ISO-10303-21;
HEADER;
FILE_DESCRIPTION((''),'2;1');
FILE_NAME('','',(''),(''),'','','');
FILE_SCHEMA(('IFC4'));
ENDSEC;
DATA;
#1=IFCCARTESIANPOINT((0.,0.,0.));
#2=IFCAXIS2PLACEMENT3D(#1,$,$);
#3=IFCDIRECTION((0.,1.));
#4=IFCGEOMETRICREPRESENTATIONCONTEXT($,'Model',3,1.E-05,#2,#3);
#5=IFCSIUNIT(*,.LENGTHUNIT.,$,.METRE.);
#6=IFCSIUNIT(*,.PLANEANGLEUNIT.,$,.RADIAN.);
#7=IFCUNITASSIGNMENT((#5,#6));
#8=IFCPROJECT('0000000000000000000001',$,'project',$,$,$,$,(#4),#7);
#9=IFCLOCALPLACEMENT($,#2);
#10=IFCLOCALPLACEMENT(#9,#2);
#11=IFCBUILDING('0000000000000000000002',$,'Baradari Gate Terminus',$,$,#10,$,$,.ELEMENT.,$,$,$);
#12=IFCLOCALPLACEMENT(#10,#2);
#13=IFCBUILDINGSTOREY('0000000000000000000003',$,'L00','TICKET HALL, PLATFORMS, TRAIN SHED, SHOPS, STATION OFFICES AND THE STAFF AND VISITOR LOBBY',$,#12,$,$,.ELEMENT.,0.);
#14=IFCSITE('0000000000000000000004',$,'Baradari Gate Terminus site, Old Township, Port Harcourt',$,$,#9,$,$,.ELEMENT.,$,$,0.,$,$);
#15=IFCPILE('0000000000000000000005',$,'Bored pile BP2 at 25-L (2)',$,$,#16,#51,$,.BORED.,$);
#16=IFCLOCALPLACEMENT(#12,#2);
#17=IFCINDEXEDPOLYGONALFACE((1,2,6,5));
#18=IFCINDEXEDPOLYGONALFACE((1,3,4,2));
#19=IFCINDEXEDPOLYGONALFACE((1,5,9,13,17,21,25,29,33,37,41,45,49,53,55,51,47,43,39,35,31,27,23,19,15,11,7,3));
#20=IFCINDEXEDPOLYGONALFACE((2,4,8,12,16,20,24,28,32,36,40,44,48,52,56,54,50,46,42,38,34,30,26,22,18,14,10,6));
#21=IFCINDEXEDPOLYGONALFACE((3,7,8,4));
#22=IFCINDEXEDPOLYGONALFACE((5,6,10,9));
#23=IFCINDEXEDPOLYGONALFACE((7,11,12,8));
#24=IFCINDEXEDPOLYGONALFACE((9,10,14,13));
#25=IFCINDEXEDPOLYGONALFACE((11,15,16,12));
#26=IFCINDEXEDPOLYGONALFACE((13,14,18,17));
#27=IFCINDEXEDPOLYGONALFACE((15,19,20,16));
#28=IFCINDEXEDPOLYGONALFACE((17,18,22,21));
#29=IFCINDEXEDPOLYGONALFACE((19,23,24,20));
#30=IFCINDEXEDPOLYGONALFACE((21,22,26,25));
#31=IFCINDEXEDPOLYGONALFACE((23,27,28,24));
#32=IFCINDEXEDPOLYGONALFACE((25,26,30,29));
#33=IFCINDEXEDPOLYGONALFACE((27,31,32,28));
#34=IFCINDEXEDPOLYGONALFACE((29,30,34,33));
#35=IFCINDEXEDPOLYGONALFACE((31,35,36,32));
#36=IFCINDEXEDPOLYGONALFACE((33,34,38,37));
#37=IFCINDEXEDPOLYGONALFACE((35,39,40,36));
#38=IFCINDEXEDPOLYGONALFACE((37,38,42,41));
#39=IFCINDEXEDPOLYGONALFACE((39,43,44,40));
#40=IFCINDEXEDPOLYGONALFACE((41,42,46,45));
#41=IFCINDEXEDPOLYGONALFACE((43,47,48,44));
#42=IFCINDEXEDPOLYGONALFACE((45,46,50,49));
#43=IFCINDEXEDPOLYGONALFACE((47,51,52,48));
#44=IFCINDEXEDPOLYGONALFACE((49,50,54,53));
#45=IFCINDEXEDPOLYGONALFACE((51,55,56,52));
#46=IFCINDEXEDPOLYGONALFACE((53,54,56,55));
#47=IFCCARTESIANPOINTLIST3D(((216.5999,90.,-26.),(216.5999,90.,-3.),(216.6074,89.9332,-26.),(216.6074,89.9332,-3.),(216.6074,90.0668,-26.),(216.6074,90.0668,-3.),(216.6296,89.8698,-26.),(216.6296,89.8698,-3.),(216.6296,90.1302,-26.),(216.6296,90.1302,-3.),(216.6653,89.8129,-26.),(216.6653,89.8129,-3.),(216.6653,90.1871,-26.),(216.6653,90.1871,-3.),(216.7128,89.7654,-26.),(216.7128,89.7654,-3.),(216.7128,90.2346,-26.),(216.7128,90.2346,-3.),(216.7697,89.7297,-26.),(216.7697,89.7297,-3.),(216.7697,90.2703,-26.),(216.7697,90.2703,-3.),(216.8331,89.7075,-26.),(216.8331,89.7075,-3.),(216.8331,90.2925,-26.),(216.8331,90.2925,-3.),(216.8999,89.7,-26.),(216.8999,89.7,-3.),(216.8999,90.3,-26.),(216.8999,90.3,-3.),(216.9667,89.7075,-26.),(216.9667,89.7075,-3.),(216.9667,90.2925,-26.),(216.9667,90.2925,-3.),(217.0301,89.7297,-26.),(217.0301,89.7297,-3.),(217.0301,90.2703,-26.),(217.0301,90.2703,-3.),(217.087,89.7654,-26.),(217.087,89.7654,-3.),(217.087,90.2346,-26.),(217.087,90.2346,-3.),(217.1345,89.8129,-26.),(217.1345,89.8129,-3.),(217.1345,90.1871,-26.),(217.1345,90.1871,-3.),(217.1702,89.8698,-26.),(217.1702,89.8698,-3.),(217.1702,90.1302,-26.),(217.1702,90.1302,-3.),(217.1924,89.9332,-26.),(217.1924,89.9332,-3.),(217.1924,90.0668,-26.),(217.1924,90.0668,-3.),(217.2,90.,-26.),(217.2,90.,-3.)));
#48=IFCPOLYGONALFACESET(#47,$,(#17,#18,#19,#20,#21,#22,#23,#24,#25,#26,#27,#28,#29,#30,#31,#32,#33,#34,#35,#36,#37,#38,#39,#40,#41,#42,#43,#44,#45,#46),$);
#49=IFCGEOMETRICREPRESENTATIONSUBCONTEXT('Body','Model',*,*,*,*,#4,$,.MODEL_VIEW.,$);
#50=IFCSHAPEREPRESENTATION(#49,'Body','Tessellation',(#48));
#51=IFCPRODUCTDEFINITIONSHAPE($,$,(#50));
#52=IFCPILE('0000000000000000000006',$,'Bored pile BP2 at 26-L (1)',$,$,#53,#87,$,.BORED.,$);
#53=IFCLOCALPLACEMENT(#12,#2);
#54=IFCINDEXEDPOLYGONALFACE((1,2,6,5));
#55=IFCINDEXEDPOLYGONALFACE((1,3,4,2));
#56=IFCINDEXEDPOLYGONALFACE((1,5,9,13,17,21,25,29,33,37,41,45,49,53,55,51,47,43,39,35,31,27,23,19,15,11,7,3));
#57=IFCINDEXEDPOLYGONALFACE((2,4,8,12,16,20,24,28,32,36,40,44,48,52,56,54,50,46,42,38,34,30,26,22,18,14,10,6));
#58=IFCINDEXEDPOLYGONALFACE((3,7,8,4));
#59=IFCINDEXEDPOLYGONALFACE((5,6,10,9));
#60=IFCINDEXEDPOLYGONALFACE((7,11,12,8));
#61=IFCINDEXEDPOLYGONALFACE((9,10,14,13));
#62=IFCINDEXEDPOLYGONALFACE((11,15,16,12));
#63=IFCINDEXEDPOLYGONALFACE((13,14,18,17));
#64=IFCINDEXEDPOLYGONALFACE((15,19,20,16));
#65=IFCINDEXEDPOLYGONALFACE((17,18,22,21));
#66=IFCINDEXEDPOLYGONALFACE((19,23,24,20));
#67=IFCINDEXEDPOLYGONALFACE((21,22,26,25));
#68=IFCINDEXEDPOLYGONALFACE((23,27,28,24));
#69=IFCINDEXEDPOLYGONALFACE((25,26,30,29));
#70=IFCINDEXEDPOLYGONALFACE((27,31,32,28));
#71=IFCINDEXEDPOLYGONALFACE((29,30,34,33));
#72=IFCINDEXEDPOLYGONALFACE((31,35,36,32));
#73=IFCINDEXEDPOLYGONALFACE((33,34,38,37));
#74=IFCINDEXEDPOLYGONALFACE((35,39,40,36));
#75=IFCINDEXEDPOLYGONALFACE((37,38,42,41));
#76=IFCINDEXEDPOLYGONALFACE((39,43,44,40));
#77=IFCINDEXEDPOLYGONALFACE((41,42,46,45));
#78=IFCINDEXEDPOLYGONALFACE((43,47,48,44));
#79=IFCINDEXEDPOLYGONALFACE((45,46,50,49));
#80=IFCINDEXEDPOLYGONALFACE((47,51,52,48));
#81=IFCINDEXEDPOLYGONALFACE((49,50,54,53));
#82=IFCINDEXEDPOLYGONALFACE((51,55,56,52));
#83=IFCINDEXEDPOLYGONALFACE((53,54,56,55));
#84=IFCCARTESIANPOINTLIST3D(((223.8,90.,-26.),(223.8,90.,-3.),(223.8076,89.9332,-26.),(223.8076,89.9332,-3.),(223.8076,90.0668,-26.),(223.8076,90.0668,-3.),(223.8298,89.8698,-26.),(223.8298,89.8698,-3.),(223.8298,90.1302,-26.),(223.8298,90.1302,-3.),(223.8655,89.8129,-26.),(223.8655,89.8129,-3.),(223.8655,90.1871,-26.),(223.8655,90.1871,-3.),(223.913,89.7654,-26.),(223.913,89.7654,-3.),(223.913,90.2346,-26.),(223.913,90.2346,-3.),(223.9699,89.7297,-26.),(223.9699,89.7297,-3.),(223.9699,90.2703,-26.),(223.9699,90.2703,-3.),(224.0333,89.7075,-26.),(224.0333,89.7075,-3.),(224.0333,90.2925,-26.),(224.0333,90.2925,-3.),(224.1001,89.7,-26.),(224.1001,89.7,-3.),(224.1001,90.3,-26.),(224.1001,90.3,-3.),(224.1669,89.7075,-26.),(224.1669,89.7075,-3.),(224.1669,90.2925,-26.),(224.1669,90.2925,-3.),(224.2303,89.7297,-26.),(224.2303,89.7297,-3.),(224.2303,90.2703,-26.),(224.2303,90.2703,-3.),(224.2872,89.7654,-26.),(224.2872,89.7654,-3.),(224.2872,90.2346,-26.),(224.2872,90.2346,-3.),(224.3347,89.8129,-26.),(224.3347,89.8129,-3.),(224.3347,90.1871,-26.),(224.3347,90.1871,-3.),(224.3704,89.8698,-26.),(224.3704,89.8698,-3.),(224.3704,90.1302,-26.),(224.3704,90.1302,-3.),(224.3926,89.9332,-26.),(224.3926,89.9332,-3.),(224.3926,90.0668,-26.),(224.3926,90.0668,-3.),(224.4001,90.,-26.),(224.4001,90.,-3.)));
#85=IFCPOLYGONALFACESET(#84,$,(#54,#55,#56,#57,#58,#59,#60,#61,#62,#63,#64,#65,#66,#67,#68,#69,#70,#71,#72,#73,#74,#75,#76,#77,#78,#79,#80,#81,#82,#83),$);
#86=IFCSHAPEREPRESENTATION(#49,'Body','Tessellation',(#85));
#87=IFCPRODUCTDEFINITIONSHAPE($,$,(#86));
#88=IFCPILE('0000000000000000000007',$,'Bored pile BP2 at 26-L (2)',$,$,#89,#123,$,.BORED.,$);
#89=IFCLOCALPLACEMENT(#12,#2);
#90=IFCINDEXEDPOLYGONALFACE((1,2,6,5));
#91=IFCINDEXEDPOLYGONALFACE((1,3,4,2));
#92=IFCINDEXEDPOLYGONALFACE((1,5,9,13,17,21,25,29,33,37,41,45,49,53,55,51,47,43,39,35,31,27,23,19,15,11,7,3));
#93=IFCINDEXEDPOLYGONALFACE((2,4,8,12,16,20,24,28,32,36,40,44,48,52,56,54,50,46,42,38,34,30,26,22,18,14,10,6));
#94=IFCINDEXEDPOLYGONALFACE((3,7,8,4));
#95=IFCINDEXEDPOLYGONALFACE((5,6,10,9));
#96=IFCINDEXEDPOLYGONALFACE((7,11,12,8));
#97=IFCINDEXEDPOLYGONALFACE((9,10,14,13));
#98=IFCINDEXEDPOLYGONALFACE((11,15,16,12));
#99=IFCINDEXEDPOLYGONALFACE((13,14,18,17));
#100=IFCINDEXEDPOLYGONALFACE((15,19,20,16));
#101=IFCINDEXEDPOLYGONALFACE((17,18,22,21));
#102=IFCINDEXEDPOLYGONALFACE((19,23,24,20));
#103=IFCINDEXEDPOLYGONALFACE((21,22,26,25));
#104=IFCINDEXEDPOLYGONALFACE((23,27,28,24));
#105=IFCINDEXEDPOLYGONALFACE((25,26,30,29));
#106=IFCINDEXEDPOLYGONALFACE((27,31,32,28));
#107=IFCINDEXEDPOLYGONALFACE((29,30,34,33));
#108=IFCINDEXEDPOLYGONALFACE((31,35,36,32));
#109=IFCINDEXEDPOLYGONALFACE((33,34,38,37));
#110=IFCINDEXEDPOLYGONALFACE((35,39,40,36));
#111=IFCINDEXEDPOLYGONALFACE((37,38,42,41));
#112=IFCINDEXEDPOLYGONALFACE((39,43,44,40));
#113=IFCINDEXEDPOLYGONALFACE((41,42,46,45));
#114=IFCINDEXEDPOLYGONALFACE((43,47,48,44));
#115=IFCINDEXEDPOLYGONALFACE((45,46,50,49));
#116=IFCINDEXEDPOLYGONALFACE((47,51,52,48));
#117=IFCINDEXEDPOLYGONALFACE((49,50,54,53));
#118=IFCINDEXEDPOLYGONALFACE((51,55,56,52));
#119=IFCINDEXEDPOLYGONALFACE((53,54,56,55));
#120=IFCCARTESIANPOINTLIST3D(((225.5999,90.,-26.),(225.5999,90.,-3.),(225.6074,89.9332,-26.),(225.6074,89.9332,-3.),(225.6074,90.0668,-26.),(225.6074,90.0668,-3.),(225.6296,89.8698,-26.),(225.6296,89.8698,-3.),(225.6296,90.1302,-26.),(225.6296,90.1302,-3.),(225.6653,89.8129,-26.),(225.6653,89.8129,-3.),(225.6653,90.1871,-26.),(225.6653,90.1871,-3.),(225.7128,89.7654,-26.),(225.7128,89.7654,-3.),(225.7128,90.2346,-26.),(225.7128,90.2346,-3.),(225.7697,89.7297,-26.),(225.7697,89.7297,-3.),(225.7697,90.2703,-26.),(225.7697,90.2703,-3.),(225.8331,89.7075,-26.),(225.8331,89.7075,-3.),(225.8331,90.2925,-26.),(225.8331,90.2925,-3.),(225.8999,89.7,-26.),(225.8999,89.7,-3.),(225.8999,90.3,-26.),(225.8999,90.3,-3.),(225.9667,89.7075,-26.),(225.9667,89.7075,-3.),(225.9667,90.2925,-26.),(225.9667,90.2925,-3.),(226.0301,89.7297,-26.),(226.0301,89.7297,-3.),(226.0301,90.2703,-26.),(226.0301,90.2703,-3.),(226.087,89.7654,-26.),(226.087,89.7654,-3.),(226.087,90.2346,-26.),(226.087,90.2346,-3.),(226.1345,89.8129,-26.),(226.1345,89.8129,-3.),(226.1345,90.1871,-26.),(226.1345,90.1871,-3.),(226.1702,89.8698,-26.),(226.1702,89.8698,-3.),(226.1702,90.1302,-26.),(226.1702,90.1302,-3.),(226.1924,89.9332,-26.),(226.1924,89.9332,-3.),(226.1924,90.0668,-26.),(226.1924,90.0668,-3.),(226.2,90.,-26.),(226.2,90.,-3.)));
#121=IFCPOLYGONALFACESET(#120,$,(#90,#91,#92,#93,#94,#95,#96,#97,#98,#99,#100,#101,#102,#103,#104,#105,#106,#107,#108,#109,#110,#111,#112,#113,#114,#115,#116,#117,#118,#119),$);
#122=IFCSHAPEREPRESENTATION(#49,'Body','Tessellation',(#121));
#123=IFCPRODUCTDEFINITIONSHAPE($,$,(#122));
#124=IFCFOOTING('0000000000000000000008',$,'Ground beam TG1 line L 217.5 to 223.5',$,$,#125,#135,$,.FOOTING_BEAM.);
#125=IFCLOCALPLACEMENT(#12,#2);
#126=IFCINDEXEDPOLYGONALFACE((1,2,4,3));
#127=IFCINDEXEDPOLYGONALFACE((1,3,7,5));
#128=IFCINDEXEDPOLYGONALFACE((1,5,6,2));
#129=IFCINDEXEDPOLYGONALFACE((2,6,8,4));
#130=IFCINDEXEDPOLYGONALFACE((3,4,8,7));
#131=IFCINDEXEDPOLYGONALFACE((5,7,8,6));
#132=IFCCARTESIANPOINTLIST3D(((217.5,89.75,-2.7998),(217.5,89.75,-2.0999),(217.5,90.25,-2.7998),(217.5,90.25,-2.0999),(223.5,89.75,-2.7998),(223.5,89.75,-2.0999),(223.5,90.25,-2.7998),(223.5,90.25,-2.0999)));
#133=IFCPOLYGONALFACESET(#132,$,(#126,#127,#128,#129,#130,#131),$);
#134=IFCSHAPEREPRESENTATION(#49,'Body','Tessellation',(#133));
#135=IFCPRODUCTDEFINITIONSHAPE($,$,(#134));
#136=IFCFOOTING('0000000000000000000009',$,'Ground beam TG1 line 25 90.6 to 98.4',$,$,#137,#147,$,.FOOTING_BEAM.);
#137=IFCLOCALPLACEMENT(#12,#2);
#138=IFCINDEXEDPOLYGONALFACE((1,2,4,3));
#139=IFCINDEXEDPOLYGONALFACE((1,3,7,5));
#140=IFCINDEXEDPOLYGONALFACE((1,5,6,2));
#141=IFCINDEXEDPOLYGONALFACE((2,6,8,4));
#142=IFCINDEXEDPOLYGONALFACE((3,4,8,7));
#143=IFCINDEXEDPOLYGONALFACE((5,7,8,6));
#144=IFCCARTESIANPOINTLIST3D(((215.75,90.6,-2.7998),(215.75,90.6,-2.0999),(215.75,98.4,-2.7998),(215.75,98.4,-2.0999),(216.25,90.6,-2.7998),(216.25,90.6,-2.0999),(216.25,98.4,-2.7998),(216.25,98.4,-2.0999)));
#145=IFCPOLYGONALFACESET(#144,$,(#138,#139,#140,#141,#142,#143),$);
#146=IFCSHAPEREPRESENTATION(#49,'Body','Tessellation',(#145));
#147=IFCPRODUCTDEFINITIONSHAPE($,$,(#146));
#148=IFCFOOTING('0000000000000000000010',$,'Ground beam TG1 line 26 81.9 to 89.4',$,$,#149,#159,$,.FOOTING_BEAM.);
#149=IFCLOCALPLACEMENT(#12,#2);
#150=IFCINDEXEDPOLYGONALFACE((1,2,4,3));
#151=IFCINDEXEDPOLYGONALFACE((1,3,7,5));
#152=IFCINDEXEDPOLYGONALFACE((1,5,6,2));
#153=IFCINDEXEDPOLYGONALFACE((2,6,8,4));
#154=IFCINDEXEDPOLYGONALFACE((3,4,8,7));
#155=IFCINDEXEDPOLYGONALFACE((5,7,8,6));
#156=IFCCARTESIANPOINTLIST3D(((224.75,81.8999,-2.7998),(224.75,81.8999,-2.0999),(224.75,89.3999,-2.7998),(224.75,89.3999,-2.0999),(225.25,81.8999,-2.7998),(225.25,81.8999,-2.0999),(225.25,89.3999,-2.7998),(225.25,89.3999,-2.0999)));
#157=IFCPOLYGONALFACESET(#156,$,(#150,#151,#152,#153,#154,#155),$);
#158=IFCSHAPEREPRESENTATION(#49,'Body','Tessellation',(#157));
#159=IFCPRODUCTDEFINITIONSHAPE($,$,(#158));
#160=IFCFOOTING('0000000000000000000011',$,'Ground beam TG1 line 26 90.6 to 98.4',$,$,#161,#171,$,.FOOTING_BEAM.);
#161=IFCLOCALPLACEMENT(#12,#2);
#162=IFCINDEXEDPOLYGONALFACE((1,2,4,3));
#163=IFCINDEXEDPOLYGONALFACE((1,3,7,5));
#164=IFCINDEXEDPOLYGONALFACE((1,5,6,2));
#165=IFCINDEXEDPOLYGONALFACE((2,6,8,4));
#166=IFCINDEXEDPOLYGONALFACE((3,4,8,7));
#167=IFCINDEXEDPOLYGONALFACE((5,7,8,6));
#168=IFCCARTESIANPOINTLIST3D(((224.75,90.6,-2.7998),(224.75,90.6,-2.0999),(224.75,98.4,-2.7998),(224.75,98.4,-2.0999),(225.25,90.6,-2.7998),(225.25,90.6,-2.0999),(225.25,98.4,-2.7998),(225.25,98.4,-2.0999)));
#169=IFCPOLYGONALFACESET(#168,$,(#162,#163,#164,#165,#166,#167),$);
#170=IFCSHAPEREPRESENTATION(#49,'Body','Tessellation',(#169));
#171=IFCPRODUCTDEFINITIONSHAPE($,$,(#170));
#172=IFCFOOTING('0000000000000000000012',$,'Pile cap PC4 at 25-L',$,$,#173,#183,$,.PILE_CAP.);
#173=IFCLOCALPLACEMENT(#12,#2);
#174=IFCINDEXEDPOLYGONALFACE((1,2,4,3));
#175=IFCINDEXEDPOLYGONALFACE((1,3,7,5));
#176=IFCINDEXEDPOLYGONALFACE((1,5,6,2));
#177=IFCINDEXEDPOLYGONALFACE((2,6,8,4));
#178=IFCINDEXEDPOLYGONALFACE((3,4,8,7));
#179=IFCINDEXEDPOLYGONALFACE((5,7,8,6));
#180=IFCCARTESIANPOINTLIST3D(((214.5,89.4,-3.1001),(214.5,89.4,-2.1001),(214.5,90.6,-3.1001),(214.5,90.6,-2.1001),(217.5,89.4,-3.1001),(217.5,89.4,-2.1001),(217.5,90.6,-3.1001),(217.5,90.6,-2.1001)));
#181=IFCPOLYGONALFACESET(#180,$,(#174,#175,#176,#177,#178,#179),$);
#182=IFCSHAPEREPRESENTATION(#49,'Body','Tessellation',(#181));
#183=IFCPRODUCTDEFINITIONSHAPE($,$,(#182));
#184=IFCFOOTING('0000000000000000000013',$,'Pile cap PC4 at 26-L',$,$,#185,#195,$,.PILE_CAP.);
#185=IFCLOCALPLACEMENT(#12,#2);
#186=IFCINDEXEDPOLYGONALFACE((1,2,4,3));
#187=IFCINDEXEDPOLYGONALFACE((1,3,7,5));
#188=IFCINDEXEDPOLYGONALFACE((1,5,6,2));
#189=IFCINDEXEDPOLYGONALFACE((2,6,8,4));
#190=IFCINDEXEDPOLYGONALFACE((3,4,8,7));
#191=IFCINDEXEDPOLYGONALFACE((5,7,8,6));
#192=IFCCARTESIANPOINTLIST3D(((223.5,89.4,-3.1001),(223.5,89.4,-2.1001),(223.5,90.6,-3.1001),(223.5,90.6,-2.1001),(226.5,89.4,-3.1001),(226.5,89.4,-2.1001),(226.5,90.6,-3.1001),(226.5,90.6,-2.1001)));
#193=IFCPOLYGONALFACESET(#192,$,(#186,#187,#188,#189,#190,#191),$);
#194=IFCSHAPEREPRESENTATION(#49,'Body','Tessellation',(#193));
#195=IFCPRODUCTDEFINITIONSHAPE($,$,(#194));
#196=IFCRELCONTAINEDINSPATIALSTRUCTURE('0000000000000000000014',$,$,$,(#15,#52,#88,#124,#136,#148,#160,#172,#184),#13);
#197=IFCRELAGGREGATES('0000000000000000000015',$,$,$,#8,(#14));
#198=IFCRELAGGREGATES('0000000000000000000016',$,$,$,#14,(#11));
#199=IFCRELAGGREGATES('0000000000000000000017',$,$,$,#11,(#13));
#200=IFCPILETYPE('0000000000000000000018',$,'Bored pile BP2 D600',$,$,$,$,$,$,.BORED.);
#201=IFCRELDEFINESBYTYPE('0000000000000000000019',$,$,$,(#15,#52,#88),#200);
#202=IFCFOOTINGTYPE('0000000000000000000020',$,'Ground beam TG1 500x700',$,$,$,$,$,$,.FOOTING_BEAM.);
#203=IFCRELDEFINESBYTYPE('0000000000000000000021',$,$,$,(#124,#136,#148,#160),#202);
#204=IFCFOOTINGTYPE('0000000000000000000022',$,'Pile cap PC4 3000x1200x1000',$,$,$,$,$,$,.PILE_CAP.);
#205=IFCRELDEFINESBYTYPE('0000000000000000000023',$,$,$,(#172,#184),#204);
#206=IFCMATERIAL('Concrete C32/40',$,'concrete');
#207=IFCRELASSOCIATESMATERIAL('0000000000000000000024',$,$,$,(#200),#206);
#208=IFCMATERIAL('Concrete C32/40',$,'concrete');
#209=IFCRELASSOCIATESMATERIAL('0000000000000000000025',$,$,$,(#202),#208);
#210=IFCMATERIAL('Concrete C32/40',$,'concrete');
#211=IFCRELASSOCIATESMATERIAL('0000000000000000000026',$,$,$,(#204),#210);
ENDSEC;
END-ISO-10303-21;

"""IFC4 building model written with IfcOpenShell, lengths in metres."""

from ifc_helpers import new_model, si_unit, direction, frame, origin, origin_2d, place, context, subcontext, project, spatial, rectangle, circle, extrude, material, type_object, element, save


model = new_model("IFC4")

# Units and contexts
model_context = context("Model", 3, precision=1e-05, world=origin(), true_north=direction((0.0, 1.0)))
body_context = subcontext(model_context, "Body", "Model", "MODEL_VIEW")
ifc_project = project(units=[si_unit("LENGTHUNIT", "METRE"), si_unit("PLANEANGLEUNIT", "RADIAN")], contexts=[model_context])

# Site, building, storey
site_placement = place(None, origin())
site = spatial("IfcSite", under=ifc_project, at=site_placement, Name="Baradari Gate Terminus site, Old Township, Port Harcourt", CompositionType="ELEMENT", RefElevation=0.0)
building_placement = place(site_placement, origin())
building = spatial("IfcBuilding", under=site, at=building_placement, Name="Baradari Gate Terminus", CompositionType="ELEMENT")
storey_placement = place(building_placement, origin())
storey = spatial("IfcBuildingStorey", under=building, at=storey_placement, Name="L00", Description="TICKET HALL, PLATFORMS, TRAIN SHED, SHOPS, STATION OFFICES AND THE STAFF AND VISITOR LOBBY", CompositionType="ELEMENT", Elevation=0.0)

# Piles
ifc_material_1 = material(Name="Concrete C32/40", Category="concrete")
pile_type = type_object("IfcPileType", Name="Bored pile BP2 D600", PredefinedType="BORED", material=ifc_material_1)
for number, where, z_axis, x_axis, name in (
    (1, (216.8999, 90.0, -3.0), (0.0, 0.0, -1.0), (1.0, 0.0, 0.0), "Bored pile BP2 at 25-L (2)"),
    (2, (224.1001, 90.0, -3.0), (0.0, 0.0, -1.0), (1.0, 0.0, 0.0), "Bored pile BP2 at 26-L (1)"),
    (3, (225.8999, 90.0, -3.0), (0.0, 0.0, -1.0), (1.0, 0.0, 0.0), "Bored pile BP2 at 26-L (2)"),
):
    element("IfcPile", number, at=place(storey_placement, frame(where, z_axis=z_axis, x_axis=x_axis)), inside=storey, type_object=pile_type, Name=name, PredefinedType="BORED", context=body_context, shape_type="SweptSolid", body=[
        extrude(circle(Radius=0.3, at=origin_2d()), origin(), (0.0, 0.0, 1.0), 23.0),
    ])

# Footings
ifc_material_2 = material(Name="Concrete C32/40", Category="concrete")
footing_type_1 = type_object("IfcFootingType", Name="Ground beam TG1 500x700", PredefinedType="FOOTING_BEAM", material=ifc_material_2)
footing_1_placement = place(storey_placement, frame((220.5, 90.0, -2.7998), z_axis=(0.0, 0.0, 1.0), x_axis=(1.0, 0.0, 0.0)))
element("IfcFooting", 4, at=footing_1_placement, inside=storey, type_object=footing_type_1, Name="Ground beam TG1 line L 217.5 to 223.5", PredefinedType="FOOTING_BEAM", context=body_context, shape_type="SweptSolid", body=[
    extrude(rectangle(XDim=6.0, YDim=0.5, at=origin_2d()), origin(), (0.0, 0.0, 1.0), 0.7),
])
footing_2_placement = place(storey_placement, frame((216.0, 94.5, -2.7998), z_axis=(0.0, 0.0, 1.0), x_axis=(1.0, 0.0, 0.0)))
element("IfcFooting", 5, at=footing_2_placement, inside=storey, type_object=footing_type_1, Name="Ground beam TG1 line 25 90.6 to 98.4", PredefinedType="FOOTING_BEAM", context=body_context, shape_type="SweptSolid", body=[
    extrude(rectangle(XDim=0.5, YDim=7.8, at=origin_2d()), origin(), (0.0, 0.0, 1.0), 0.7),
])
footing_3_placement = place(storey_placement, frame((225.0, 85.6499, -2.7998), z_axis=(0.0, 0.0, 1.0), x_axis=(1.0, 0.0, 0.0)))
element("IfcFooting", 6, at=footing_3_placement, inside=storey, type_object=footing_type_1, Name="Ground beam TG1 line 26 81.9 to 89.4", PredefinedType="FOOTING_BEAM", context=body_context, shape_type="SweptSolid", body=[
    extrude(rectangle(XDim=0.5, YDim=7.5, at=origin_2d()), origin(), (0.0, 0.0, 1.0), 0.7),
])
footing_4_placement = place(storey_placement, frame((225.0, 94.5, -2.7998), z_axis=(0.0, 0.0, 1.0), x_axis=(1.0, 0.0, 0.0)))
element("IfcFooting", 7, at=footing_4_placement, inside=storey, type_object=footing_type_1, Name="Ground beam TG1 line 26 90.6 to 98.4", PredefinedType="FOOTING_BEAM", context=body_context, shape_type="SweptSolid", body=[
    extrude(rectangle(XDim=0.5, YDim=7.8, at=origin_2d()), origin(), (0.0, 0.0, 1.0), 0.7),
])
ifc_material_3 = material(Name="Concrete C32/40", Category="concrete")
footing_type_2 = type_object("IfcFootingType", Name="Pile cap PC4 3000x1200x1000", PredefinedType="PILE_CAP", material=ifc_material_3)
for number, where, z_axis, x_axis, name in (
    (8, (216.0, 90.0, -3.1001), (0.0, 0.0, 1.0), (1.0, 0.0, 0.0), "Pile cap PC4 at 25-L"),
    (9, (225.0, 90.0, -3.1001), (0.0, 0.0, 1.0), (1.0, 0.0, 0.0), "Pile cap PC4 at 26-L"),
):
    element("IfcFooting", number, at=place(storey_placement, frame(where, z_axis=z_axis, x_axis=x_axis)), inside=storey, type_object=footing_type_2, Name=name, PredefinedType="PILE_CAP", context=body_context, shape_type="SweptSolid", body=[
        extrude(rectangle(XDim=3.0, YDim=1.2, at=origin_2d()), origin(), (0.0, 0.0, 1.0), 1.0),
    ])

save(model, "model.ifc")
